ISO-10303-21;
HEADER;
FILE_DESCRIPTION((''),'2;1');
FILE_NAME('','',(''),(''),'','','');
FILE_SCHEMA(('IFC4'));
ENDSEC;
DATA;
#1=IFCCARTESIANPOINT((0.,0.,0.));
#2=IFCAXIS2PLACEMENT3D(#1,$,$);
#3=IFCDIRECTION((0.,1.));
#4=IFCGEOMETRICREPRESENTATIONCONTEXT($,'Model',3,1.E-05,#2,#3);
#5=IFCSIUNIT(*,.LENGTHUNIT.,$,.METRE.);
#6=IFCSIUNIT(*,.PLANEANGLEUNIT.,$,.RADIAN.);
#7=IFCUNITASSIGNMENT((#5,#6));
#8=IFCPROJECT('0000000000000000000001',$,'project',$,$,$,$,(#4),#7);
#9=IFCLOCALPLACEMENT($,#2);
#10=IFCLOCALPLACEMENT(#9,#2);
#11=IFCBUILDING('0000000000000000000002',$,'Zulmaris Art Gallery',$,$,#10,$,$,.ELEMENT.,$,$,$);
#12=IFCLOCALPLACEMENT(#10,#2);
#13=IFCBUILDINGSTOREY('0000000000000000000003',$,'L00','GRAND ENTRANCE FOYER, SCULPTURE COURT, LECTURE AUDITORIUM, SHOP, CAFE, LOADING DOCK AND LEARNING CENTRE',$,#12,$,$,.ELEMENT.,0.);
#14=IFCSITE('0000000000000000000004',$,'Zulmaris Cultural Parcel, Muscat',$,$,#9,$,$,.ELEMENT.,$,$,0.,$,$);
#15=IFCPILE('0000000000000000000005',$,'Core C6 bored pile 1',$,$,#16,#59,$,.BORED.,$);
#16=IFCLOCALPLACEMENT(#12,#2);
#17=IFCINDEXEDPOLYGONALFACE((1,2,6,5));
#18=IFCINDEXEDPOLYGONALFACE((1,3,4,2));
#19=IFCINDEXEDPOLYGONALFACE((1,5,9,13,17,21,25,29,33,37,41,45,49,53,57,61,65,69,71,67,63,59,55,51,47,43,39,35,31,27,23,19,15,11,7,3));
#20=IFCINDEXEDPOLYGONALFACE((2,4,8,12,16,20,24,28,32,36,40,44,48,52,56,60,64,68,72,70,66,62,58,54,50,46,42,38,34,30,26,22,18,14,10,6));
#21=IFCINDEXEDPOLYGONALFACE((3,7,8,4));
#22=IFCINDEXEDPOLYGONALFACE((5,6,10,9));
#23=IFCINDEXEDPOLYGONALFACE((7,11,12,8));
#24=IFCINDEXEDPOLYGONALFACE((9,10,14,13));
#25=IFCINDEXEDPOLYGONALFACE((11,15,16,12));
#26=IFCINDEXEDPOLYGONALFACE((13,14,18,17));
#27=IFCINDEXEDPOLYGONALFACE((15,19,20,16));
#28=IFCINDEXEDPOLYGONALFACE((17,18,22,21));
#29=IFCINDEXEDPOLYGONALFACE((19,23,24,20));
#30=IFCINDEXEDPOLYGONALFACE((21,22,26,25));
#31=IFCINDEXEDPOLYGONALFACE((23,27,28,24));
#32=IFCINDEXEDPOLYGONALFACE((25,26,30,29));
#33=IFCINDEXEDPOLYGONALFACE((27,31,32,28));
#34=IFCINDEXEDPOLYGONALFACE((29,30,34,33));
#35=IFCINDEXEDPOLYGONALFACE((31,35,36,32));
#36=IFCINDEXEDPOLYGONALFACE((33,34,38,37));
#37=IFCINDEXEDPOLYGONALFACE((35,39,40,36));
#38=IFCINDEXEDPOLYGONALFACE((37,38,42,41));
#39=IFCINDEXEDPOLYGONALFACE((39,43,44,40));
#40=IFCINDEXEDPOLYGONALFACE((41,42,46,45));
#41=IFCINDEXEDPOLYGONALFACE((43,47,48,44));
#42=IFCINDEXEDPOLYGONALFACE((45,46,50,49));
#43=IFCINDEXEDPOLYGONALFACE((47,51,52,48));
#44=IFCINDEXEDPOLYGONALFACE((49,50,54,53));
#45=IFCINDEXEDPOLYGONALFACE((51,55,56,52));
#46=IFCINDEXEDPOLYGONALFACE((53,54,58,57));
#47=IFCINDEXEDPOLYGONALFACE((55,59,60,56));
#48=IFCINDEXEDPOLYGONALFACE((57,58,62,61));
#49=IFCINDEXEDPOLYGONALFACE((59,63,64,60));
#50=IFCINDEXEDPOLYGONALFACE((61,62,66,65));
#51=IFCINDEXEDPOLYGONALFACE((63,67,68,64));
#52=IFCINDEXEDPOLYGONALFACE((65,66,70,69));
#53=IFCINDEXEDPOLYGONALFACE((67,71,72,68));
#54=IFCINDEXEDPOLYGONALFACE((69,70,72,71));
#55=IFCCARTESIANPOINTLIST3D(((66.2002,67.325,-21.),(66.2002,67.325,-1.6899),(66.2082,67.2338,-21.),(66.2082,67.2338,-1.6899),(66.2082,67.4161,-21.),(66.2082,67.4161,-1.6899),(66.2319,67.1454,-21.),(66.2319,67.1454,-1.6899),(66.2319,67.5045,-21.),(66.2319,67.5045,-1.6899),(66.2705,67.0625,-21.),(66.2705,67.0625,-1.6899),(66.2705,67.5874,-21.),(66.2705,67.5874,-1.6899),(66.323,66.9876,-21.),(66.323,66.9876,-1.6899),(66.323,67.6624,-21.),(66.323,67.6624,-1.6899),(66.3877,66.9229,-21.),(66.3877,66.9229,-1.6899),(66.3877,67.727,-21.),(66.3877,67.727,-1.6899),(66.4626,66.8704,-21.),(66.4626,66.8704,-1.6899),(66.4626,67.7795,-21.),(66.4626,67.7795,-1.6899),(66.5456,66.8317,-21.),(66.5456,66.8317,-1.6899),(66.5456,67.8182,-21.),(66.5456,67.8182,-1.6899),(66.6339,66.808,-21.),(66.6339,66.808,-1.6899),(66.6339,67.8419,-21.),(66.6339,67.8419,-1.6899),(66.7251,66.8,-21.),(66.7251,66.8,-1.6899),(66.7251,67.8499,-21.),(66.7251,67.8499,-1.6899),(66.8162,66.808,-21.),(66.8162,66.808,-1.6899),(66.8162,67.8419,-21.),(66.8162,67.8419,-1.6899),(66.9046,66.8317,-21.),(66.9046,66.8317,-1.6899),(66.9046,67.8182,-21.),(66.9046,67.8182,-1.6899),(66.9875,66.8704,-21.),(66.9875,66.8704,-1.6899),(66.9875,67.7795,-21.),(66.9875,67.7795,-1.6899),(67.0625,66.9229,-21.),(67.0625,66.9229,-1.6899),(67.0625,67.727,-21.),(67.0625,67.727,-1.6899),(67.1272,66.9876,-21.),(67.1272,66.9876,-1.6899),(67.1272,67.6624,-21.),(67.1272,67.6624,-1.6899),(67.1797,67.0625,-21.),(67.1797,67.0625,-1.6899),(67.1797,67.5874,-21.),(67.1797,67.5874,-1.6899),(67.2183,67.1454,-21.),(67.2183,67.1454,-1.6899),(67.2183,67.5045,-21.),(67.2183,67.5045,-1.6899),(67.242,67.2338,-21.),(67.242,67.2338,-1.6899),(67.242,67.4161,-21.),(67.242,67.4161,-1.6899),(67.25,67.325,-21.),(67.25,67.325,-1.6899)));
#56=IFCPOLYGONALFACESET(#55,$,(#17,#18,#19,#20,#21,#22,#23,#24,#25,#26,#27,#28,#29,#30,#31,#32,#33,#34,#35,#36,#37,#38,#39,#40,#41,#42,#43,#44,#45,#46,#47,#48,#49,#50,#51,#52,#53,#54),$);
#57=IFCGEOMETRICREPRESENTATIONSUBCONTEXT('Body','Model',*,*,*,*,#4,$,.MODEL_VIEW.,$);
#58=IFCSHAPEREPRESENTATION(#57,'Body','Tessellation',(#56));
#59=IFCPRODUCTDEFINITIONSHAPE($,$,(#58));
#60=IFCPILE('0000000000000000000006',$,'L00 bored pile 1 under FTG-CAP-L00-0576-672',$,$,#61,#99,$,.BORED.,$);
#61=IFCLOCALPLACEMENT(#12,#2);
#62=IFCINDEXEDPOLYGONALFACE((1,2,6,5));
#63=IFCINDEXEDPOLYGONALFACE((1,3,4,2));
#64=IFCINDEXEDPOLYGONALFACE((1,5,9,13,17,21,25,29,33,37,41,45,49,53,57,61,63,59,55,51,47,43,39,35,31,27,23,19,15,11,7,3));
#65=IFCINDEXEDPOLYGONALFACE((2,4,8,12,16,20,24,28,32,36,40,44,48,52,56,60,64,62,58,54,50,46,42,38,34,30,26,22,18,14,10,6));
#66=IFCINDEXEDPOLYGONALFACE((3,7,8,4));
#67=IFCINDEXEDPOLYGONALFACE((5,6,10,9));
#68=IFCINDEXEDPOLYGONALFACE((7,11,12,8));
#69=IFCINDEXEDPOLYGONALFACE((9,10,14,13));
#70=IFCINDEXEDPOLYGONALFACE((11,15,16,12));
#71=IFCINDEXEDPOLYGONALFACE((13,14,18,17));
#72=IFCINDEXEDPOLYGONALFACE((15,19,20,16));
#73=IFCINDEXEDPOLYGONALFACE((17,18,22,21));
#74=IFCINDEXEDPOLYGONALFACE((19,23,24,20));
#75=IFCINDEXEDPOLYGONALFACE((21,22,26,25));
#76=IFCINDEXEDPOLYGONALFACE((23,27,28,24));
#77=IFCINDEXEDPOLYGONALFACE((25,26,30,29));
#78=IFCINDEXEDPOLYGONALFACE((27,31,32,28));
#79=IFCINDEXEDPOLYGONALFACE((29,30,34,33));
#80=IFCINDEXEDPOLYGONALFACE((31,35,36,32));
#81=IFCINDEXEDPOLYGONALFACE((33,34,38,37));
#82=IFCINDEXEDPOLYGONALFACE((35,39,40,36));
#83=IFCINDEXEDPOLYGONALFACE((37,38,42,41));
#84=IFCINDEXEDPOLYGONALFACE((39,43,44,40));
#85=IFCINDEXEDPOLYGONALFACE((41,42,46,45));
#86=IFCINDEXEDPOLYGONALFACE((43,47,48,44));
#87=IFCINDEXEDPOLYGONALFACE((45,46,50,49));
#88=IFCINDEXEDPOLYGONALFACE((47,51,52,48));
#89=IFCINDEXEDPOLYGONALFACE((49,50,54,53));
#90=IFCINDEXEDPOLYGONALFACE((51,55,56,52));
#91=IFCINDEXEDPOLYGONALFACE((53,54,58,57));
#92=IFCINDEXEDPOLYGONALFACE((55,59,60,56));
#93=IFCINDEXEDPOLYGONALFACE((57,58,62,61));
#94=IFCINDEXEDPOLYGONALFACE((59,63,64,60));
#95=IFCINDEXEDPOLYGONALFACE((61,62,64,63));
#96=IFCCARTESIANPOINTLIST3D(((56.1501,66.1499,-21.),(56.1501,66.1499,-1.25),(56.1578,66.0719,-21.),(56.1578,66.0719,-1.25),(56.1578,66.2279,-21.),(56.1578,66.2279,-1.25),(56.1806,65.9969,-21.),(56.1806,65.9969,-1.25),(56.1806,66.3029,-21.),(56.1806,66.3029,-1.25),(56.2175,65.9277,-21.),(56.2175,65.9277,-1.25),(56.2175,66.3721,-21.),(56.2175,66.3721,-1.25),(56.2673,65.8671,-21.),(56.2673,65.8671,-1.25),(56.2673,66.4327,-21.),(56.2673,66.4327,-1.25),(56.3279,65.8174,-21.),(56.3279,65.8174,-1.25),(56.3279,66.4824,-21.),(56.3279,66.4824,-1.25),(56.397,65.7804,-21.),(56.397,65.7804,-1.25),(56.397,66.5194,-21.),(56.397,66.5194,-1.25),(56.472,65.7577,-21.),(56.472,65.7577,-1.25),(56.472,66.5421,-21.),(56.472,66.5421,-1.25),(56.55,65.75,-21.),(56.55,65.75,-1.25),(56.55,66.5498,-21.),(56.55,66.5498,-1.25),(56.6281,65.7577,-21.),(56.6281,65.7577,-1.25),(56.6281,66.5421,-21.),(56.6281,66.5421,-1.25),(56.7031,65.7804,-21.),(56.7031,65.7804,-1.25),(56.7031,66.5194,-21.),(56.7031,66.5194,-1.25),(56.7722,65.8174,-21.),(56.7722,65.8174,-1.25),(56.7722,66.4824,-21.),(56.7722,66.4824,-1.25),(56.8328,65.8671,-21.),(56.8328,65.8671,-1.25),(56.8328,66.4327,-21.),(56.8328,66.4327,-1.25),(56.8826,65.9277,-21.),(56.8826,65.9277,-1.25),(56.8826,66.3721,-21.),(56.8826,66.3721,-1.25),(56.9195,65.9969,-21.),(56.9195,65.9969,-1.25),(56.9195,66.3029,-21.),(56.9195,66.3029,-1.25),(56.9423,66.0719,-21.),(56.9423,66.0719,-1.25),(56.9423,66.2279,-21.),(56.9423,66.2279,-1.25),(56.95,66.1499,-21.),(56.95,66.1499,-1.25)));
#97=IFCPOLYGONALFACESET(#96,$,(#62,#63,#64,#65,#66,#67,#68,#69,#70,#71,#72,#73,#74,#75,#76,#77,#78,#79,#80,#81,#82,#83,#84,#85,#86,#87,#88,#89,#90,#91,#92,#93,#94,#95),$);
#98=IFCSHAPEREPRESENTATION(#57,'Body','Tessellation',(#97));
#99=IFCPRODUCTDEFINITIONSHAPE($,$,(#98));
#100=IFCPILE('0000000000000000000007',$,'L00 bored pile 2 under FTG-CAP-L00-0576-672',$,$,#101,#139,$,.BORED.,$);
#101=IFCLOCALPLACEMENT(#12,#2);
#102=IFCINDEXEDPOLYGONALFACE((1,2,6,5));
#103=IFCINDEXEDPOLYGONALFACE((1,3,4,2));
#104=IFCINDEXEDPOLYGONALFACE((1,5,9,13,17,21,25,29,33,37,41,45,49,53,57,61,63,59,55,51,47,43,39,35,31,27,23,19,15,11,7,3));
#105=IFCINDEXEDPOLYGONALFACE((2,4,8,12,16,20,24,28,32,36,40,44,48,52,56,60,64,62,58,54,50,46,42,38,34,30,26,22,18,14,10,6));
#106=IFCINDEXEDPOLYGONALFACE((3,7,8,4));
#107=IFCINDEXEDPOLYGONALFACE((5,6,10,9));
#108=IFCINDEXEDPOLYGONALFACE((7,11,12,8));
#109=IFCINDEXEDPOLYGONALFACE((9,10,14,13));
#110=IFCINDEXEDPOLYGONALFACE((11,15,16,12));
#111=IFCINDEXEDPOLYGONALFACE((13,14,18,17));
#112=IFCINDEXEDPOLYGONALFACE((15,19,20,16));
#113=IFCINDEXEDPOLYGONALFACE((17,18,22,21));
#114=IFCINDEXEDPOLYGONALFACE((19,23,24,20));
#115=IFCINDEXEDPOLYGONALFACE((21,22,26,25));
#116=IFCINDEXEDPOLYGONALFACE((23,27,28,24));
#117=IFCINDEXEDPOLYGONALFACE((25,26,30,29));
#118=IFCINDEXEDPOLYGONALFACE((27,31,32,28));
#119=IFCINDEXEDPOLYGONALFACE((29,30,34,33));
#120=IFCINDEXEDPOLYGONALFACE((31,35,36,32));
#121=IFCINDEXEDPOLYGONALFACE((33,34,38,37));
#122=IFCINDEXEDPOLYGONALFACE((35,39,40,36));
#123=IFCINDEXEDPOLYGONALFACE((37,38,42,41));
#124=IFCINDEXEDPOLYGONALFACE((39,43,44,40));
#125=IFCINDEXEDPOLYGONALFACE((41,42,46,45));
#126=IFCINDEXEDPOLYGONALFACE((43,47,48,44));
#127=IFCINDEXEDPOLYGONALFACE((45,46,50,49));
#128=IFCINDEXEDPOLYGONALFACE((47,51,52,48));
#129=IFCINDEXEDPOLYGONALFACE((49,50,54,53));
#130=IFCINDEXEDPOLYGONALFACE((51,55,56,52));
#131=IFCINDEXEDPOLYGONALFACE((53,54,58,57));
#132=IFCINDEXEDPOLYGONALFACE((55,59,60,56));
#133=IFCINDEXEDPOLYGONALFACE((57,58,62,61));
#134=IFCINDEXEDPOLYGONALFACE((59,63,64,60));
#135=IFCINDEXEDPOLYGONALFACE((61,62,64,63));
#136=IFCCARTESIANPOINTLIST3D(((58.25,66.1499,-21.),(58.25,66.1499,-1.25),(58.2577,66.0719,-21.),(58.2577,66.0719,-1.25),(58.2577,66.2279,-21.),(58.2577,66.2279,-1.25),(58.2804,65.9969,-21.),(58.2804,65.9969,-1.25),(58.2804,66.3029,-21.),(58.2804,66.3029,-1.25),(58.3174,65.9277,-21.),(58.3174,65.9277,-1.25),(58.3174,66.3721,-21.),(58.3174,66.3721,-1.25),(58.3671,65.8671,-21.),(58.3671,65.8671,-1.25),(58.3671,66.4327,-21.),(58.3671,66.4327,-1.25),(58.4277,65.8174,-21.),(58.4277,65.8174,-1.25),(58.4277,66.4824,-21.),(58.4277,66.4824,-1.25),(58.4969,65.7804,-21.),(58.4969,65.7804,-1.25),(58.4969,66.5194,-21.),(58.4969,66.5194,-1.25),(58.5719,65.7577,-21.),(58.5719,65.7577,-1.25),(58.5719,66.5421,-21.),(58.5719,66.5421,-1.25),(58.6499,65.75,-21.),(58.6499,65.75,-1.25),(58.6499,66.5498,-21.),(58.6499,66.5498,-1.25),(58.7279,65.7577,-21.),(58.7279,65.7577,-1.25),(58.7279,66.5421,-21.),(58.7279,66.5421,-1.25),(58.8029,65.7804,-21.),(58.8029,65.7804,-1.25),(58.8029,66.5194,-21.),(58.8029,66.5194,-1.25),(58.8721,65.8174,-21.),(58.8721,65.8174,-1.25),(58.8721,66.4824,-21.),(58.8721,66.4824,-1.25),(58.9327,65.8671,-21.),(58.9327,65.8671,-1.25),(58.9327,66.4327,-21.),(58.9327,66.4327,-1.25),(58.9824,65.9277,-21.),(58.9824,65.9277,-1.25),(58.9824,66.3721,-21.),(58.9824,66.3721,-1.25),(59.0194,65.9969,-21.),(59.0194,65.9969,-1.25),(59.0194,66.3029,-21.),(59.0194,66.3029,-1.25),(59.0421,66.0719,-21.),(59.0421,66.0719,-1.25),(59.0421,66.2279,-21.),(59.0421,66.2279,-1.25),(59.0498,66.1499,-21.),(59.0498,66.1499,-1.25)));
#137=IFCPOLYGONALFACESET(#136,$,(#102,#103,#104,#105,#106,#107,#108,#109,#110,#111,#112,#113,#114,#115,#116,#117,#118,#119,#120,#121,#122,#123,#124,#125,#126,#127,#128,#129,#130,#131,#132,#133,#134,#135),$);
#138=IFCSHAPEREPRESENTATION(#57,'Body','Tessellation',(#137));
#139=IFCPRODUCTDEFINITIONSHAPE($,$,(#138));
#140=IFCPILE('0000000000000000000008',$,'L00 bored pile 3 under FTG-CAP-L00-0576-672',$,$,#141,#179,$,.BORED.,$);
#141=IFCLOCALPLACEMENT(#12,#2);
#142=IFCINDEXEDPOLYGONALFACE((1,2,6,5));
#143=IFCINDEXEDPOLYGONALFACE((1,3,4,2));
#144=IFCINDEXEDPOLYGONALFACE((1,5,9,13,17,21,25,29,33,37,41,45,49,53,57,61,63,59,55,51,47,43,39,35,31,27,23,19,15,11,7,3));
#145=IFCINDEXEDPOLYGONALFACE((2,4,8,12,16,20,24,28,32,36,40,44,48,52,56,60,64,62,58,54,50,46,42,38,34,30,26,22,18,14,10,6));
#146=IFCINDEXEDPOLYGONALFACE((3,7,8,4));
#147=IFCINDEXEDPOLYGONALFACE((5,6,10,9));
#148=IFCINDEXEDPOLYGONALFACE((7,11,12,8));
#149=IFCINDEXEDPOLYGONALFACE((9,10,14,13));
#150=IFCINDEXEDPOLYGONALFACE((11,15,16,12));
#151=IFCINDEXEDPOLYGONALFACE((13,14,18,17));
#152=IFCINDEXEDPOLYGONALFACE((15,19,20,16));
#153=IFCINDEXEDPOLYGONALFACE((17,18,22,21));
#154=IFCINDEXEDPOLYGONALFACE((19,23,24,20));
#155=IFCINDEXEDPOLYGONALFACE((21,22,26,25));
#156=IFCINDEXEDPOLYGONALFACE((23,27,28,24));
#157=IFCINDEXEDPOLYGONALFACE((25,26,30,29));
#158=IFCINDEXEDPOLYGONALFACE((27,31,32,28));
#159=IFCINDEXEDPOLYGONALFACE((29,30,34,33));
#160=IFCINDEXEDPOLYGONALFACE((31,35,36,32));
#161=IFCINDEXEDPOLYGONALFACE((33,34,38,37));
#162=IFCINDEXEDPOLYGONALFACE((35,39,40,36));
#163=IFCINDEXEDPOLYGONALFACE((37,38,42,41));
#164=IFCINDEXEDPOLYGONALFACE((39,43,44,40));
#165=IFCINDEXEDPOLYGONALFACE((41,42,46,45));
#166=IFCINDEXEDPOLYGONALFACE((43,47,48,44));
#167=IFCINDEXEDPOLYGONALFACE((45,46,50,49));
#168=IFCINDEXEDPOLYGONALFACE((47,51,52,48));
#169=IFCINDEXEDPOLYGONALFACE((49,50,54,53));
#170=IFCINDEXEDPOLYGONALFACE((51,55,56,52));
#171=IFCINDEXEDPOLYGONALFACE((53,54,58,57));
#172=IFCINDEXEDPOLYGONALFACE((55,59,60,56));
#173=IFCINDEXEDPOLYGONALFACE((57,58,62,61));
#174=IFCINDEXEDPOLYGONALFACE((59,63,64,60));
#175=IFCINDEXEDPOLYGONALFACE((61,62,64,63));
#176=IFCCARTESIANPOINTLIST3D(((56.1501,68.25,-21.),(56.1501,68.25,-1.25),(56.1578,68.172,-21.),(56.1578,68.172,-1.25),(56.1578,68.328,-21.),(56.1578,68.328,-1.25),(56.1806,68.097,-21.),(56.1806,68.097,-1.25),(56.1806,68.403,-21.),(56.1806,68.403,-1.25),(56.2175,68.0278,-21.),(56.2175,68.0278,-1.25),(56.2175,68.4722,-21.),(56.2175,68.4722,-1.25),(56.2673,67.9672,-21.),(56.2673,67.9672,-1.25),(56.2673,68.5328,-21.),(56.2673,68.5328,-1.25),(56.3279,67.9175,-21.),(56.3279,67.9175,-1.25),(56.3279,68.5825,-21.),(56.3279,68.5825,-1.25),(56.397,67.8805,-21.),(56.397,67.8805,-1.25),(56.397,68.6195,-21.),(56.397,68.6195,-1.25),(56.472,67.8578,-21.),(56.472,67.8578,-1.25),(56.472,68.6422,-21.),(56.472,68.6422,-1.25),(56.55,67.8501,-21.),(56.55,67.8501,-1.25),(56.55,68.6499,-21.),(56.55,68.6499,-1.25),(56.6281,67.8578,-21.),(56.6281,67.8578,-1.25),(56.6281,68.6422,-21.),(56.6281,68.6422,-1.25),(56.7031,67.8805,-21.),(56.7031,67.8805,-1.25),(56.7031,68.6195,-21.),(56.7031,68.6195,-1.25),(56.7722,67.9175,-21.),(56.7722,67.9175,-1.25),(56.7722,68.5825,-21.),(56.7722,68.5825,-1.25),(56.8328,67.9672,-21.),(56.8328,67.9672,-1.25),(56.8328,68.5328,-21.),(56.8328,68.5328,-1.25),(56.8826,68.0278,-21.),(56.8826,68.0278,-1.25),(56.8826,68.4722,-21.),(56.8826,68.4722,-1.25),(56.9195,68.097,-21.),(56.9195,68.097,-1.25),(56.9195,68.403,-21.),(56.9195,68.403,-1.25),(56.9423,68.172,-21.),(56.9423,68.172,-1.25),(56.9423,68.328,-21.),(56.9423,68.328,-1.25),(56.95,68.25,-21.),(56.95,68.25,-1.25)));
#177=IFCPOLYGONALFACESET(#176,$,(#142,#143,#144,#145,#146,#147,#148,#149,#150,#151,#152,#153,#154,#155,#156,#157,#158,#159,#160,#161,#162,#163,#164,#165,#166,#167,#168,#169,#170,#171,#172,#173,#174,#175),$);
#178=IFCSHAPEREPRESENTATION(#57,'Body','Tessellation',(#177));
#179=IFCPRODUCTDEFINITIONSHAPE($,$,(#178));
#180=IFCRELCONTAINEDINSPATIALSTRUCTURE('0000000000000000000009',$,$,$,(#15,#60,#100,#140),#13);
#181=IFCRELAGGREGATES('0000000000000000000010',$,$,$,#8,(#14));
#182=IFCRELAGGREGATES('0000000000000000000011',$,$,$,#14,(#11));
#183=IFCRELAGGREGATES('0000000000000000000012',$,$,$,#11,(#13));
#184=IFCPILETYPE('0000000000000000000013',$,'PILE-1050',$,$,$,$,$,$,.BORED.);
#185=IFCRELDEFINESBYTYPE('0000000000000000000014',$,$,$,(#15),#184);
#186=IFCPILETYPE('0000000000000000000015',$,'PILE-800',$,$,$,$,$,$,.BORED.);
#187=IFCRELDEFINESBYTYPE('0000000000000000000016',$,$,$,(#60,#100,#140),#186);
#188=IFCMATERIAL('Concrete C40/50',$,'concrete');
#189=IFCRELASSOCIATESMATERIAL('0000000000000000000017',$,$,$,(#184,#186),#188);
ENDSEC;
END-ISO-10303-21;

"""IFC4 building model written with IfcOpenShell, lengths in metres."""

from ifc_helpers import new_model, si_unit, direction, frame, origin, origin_2d, place, context, subcontext, project, spatial, circle, extrude, material, material_profile, profile_set, type_object, element, save


model = new_model("IFC4")

# Units and contexts
model_context = context("Model", 3, precision=1e-05, world=origin(), true_north=direction((0.0, 1.0)))
body_context = subcontext(model_context, "Body", "Model", "MODEL_VIEW")
ifc_project = project(units=[si_unit("LENGTHUNIT", "METRE"), si_unit("PLANEANGLEUNIT", "RADIAN")], contexts=[model_context])

# Site, building, storey
site_placement = place(None, origin())
site = spatial("IfcSite", under=ifc_project, at=site_placement, Name="Zulmaris Cultural Parcel, Muscat", CompositionType="ELEMENT", RefElevation=0.0)
building_placement = place(site_placement, origin())
building = spatial("IfcBuilding", under=site, at=building_placement, Name="Zulmaris Art Gallery", CompositionType="ELEMENT")
storey_placement = place(building_placement, origin())
storey = spatial("IfcBuildingStorey", under=building, at=storey_placement, Name="L00", Description="GRAND ENTRANCE FOYER, SCULPTURE COURT, LECTURE AUDITORIUM, SHOP, CAFE, LOADING DOCK AND LEARNING CENTRE", CompositionType="ELEMENT", Elevation=0.0)

# Piles
ifc_material_1 = material(Name="Concrete C40/50", Category="concrete")
ifc_material_profile_1 = material_profile(ifc_material_1, circle(Radius=0.5249, at=origin_2d()), Name="PILE DIA 1050")
ifc_profile_set_1 = profile_set([ifc_material_profile_1], Name="Concrete C40/50")
pile_type_1 = type_object("IfcPileType", Name="PILE-1050", PredefinedType="BORED", material=ifc_profile_set_1)
pile_placement = place(storey_placement, frame((66.7251, 67.325, -1.6899), z_axis=(0.0, 0.0, -1.0), x_axis=(1.0, 0.0, 0.0)))
element("IfcPile", 1, at=pile_placement, inside=storey, type_object=pile_type_1, Name="Core C6 bored pile 1", PredefinedType="BORED", context=body_context, shape_type="SweptSolid", body=[
    extrude(circle(Radius=0.5249, at=origin_2d()), origin(), (0.0, 0.0, 1.0), 19.3101),
])
ifc_material_profile_2 = material_profile(ifc_material_1, circle(Radius=0.3999, at=origin_2d()), Name="PILE DIA 800")
ifc_profile_set_2 = profile_set([ifc_material_profile_2], Name="Concrete C40/50")
pile_type_2 = type_object("IfcPileType", Name="PILE-800", PredefinedType="BORED", material=ifc_profile_set_2)
for number, where, z_axis, x_axis, name in (
    (2, (56.55, 66.1499, -1.25), (0.0, 0.0, -1.0), (1.0, 0.0, 0.0), "L00 bored pile 1 under FTG-CAP-L00-0576-672"),
    (3, (58.6499, 66.1499, -1.25), (0.0, 0.0, -1.0), (1.0, 0.0, 0.0), "L00 bored pile 2 under FTG-CAP-L00-0576-672"),
    (4, (56.55, 68.25, -1.25), (0.0, 0.0, -1.0), (1.0, 0.0, 0.0), "L00 bored pile 3 under FTG-CAP-L00-0576-672"),
):
    element("IfcPile", number, at=place(storey_placement, frame(where, z_axis=z_axis, x_axis=x_axis)), inside=storey, type_object=pile_type_2, Name=name, PredefinedType="BORED", context=body_context, shape_type="SweptSolid", body=[
        extrude(circle(Radius=0.3999, at=origin_2d()), origin(), (0.0, 0.0, 1.0), 19.75),
    ])

save(model, "model.ifc")
